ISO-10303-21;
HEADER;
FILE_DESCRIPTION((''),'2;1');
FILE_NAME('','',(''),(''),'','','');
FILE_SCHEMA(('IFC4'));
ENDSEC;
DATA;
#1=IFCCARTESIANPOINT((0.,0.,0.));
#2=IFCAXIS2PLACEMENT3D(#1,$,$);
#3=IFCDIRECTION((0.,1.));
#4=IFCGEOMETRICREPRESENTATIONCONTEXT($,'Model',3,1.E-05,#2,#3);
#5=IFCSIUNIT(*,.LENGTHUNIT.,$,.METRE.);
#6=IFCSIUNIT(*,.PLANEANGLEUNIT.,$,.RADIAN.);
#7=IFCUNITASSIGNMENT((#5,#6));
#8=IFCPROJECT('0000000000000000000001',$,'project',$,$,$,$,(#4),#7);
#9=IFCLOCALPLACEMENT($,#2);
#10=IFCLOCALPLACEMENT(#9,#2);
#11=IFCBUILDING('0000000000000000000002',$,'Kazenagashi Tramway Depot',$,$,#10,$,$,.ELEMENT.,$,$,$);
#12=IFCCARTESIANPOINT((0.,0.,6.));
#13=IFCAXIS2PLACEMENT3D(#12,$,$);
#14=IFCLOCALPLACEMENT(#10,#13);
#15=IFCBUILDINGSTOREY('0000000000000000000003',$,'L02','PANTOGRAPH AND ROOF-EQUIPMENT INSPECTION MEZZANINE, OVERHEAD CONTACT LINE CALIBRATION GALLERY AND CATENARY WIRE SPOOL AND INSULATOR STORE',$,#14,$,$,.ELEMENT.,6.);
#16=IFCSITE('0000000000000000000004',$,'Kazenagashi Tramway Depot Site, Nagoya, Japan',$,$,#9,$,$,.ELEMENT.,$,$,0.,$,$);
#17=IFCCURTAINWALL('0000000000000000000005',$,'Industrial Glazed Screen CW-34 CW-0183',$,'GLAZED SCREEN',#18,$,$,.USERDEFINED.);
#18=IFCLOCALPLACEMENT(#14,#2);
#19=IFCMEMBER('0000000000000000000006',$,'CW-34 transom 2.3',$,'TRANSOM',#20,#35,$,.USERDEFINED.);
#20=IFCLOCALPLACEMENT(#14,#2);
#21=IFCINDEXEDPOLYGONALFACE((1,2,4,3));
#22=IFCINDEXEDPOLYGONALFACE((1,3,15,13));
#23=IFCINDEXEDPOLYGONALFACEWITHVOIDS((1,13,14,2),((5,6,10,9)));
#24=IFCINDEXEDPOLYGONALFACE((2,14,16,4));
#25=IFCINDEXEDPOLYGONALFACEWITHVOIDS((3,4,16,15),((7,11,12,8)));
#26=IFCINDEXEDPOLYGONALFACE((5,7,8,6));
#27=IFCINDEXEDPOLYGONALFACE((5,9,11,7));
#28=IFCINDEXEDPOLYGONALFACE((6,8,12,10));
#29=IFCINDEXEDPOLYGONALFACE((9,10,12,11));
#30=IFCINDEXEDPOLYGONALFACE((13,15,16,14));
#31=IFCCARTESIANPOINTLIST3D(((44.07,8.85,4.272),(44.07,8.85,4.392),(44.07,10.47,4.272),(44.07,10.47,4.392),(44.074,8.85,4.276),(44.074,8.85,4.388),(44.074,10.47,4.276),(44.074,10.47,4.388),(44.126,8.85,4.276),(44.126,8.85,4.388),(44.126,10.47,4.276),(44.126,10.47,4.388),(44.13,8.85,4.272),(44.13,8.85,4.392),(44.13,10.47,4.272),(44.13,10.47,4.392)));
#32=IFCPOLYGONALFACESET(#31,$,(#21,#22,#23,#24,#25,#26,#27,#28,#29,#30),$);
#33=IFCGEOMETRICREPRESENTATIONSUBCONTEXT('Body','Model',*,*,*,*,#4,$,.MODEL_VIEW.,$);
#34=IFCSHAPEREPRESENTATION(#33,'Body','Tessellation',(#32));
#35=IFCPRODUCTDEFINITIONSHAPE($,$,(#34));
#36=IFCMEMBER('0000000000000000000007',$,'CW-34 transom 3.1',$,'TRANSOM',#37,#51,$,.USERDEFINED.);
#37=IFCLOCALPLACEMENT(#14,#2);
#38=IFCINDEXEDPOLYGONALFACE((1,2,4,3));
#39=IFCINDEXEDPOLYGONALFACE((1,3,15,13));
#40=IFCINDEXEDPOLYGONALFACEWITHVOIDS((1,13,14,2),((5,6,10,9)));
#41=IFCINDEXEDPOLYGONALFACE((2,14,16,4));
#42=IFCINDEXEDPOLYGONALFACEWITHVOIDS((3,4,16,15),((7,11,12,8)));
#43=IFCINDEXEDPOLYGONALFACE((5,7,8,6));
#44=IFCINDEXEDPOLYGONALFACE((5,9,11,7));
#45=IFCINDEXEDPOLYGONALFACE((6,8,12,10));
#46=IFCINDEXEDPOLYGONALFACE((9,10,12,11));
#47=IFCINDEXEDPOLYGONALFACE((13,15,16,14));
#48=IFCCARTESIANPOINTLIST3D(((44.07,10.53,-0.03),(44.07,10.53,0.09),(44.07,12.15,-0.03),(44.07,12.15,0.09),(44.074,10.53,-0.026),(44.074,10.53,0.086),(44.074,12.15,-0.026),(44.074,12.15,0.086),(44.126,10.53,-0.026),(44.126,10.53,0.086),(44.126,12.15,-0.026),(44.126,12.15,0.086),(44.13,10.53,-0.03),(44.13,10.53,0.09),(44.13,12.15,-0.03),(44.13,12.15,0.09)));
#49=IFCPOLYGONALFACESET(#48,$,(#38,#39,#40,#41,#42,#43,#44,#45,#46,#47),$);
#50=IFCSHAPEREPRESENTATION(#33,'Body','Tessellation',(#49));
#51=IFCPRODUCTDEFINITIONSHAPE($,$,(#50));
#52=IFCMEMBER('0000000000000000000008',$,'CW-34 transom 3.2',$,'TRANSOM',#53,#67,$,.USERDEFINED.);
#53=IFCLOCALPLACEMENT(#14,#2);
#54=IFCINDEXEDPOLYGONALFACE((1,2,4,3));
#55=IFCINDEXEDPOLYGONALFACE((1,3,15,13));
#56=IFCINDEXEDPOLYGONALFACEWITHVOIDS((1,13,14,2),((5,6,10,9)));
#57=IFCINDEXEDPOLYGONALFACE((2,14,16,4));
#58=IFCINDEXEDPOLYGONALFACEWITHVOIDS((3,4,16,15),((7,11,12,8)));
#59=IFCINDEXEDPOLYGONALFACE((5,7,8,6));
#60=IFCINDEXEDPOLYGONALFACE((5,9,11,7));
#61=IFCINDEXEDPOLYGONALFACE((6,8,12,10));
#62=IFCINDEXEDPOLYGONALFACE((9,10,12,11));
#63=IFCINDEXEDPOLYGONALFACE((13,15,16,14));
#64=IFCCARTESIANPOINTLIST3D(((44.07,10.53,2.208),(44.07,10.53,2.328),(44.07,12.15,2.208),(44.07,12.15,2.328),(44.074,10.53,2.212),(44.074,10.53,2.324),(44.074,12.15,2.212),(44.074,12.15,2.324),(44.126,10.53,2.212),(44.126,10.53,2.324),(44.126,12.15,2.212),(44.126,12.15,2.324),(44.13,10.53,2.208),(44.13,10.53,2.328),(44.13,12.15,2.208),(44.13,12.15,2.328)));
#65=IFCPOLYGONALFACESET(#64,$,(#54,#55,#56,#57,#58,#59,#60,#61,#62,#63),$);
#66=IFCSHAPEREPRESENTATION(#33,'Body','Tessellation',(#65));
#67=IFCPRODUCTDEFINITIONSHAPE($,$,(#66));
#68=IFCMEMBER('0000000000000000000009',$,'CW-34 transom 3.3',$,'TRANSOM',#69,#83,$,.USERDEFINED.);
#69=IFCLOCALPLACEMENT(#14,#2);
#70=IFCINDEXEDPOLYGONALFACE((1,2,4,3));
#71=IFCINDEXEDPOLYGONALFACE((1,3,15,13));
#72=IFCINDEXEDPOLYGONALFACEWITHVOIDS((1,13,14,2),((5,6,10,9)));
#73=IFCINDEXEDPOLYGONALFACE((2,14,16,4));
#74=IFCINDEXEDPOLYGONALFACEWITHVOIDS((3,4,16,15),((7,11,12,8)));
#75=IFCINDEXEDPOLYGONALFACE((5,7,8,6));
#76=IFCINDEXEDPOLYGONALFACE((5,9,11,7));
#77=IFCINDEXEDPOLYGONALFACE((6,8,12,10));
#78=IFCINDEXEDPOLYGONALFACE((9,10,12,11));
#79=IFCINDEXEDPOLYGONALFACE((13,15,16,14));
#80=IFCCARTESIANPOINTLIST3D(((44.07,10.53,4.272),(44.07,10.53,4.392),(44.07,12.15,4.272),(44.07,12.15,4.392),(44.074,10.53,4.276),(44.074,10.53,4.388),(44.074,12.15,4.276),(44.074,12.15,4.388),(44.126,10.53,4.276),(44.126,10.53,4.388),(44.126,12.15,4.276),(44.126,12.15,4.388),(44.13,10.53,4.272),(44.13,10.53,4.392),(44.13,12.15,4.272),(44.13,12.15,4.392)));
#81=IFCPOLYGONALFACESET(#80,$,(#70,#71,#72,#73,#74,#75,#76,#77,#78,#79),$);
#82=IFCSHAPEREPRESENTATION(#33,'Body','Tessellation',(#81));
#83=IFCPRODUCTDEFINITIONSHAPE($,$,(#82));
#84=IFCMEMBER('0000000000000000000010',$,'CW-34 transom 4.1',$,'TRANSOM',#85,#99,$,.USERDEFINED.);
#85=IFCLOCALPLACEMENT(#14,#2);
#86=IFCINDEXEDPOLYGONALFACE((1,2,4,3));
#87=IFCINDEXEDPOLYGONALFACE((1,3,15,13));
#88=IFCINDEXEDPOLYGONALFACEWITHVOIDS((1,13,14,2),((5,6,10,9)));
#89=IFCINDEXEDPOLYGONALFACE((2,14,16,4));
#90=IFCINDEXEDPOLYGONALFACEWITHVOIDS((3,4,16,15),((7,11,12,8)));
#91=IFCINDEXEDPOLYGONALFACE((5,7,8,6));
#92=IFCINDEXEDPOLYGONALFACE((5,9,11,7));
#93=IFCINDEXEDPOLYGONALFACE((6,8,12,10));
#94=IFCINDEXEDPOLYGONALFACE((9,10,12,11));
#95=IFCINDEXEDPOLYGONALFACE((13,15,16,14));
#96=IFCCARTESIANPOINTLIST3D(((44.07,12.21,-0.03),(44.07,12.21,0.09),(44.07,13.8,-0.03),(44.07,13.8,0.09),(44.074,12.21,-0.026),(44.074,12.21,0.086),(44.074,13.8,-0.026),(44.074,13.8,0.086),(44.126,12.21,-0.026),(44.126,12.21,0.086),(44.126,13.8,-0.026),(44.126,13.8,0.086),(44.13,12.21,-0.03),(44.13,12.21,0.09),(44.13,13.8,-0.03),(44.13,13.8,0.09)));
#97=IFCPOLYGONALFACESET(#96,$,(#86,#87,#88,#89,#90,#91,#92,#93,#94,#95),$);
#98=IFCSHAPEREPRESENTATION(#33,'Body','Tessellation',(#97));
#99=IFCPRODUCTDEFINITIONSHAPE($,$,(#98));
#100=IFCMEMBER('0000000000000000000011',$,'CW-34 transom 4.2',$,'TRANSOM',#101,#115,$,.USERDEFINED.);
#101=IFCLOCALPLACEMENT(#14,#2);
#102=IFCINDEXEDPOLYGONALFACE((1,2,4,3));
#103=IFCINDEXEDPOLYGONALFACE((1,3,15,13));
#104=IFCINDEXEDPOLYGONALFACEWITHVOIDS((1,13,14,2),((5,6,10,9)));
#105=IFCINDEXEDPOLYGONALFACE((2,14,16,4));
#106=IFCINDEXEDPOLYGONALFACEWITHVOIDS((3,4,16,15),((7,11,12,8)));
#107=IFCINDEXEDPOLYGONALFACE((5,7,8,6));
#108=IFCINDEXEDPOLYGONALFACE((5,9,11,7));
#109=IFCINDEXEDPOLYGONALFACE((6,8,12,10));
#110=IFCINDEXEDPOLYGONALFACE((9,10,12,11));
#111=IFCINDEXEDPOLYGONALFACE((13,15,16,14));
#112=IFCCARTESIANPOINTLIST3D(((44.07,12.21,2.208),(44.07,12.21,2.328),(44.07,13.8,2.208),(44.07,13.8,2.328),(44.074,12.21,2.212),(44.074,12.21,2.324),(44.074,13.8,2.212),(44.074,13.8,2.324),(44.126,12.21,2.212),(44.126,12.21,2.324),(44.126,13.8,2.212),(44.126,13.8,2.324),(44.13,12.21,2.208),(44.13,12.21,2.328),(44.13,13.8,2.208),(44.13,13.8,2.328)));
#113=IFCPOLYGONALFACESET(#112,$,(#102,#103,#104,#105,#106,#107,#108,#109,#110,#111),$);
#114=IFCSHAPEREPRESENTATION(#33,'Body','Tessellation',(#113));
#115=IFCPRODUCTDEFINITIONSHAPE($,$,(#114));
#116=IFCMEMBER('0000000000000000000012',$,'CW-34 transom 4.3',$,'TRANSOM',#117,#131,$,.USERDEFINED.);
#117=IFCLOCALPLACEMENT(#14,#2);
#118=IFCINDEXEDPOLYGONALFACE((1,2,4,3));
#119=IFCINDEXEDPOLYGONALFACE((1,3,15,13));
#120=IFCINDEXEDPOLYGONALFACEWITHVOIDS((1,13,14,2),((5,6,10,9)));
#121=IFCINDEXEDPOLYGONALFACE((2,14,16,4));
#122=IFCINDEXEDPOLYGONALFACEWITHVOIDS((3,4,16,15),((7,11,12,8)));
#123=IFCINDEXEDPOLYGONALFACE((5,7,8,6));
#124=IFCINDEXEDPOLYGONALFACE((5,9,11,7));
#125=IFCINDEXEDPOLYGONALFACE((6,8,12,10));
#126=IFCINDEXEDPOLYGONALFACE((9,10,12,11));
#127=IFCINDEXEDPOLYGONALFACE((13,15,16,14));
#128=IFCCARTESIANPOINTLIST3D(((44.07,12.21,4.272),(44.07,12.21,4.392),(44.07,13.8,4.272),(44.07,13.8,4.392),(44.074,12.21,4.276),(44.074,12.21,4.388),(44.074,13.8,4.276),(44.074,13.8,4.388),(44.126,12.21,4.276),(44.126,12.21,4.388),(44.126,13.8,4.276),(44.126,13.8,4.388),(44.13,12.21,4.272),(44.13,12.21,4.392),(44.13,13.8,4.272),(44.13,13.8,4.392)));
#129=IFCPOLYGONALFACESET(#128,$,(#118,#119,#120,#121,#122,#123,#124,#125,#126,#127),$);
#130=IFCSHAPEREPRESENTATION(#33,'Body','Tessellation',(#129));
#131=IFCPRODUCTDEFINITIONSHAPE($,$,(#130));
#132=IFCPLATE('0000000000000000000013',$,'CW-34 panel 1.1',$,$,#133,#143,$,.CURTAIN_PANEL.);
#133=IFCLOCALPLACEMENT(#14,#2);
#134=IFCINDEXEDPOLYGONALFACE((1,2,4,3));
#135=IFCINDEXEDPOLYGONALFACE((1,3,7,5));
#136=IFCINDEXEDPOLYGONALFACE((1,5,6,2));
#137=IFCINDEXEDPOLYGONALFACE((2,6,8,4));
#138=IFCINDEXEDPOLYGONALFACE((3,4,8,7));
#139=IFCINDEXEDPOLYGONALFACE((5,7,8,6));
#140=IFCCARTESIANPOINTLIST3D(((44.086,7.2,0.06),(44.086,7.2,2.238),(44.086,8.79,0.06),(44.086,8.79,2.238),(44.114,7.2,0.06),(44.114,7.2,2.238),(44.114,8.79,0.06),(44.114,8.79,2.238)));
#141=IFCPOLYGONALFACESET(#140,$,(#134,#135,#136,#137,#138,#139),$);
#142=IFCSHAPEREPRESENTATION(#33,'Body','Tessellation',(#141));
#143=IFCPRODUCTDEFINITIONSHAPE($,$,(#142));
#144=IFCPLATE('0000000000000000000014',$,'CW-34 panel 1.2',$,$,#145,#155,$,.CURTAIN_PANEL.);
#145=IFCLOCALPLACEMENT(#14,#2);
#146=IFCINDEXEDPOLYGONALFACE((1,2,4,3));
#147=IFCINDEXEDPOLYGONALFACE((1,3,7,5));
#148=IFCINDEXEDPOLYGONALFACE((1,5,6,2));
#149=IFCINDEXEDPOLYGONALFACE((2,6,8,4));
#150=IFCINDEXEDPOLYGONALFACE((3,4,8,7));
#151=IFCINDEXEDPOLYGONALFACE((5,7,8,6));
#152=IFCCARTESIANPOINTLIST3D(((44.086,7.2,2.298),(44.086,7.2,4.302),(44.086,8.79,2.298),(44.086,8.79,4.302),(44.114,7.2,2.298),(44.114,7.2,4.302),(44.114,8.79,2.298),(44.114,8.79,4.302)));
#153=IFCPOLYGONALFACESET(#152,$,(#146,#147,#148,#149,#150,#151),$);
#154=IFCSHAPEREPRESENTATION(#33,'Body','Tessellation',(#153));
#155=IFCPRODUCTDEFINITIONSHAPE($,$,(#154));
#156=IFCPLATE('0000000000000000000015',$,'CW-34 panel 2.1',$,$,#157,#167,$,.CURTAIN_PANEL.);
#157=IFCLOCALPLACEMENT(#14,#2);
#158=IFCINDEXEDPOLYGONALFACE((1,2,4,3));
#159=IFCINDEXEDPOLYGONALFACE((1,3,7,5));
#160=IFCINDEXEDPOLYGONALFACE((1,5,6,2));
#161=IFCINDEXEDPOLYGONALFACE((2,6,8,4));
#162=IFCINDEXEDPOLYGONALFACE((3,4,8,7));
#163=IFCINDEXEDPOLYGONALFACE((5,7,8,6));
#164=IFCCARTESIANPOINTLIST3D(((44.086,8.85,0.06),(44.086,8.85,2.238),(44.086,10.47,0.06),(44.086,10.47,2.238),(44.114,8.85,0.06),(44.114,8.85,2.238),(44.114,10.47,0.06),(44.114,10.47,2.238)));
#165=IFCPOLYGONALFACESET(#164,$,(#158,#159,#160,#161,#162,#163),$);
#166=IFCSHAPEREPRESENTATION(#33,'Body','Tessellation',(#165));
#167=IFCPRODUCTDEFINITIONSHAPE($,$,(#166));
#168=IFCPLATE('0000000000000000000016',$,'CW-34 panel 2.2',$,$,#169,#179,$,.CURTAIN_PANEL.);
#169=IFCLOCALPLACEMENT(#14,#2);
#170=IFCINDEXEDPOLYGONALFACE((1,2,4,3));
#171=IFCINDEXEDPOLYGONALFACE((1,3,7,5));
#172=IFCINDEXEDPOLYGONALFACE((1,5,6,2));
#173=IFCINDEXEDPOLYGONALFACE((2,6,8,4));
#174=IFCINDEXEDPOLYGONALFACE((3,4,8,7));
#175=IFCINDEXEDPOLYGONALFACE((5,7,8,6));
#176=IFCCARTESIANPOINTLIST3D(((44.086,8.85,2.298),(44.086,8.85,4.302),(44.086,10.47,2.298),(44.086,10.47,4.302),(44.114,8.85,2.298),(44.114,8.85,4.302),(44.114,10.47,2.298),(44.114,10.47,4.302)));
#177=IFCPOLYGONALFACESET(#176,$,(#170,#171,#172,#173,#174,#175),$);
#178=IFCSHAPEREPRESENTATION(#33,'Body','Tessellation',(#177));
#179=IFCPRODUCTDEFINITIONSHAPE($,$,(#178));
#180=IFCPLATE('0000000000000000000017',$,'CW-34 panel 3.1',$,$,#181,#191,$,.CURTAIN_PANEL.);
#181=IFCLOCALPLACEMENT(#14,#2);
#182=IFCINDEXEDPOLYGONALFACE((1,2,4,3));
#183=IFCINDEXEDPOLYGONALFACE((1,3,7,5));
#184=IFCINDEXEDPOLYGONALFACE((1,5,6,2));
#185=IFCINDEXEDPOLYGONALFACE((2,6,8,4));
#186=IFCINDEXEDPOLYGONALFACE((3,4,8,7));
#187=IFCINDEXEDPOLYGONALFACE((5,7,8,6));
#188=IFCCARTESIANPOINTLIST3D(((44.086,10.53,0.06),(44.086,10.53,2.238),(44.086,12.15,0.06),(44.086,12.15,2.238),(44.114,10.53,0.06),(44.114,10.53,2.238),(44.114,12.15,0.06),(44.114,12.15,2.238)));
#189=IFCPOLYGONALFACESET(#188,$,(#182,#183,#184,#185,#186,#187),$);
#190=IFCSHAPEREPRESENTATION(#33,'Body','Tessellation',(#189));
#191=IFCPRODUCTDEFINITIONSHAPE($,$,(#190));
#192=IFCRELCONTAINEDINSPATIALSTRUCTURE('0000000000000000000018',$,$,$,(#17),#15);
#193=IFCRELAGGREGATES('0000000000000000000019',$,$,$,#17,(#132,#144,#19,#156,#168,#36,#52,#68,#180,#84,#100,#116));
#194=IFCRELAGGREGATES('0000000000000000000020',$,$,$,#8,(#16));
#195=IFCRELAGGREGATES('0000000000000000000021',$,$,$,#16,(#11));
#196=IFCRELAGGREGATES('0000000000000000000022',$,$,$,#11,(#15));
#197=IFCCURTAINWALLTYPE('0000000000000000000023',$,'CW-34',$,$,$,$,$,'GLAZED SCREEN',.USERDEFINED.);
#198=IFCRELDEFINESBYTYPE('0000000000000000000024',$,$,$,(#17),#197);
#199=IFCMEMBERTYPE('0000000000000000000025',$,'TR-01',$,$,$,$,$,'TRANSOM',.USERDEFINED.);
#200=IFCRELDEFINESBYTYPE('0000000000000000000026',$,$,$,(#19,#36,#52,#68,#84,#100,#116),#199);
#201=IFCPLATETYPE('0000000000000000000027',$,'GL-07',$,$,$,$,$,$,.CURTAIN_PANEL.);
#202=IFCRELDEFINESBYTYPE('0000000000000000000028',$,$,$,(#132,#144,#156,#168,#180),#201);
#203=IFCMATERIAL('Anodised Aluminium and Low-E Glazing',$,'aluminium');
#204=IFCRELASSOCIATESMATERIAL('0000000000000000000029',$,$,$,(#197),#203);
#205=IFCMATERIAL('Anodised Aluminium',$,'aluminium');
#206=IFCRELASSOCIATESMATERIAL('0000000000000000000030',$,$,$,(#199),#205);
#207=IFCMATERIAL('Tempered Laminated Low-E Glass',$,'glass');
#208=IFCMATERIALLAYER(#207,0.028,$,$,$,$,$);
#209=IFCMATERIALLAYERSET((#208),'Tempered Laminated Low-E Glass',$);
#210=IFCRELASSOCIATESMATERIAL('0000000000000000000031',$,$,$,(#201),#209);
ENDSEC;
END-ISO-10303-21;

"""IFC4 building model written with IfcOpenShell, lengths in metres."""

from ifc_helpers import new_model, si_unit, direction, frame, origin, origin_2d, place, context, subcontext, project, spatial, rectangle, hollow_rectangle, extrude, material, layer, layer_set, material_profile, profile_set, type_object, element, aggregate, save


model = new_model("IFC4")

# Units and contexts
model_context = context("Model", 3, precision=1e-05, world=origin(), true_north=direction((0.0, 1.0)))
body_context = subcontext(model_context, "Body", "Model", "MODEL_VIEW")
ifc_project = project(units=[si_unit("LENGTHUNIT", "METRE"), si_unit("PLANEANGLEUNIT", "RADIAN")], contexts=[model_context])

# Site, building, storey
site_placement = place(None, origin())
site = spatial("IfcSite", under=ifc_project, at=site_placement, Name="Kazenagashi Tramway Depot Site, Nagoya, Japan", CompositionType="ELEMENT", RefElevation=0.0)
building_placement = place(site_placement, origin())
building = spatial("IfcBuilding", under=site, at=building_placement, Name="Kazenagashi Tramway Depot", CompositionType="ELEMENT")
storey_placement = place(building_placement, frame((0.0, 0.0, 6.0)))
storey = spatial("IfcBuildingStorey", under=building, at=storey_placement, Name="L02", Description="PANTOGRAPH AND ROOF-EQUIPMENT INSPECTION MEZZANINE, OVERHEAD CONTACT LINE CALIBRATION GALLERY AND CATENARY WIRE SPOOL AND INSULATOR STORE", CompositionType="ELEMENT", Elevation=6.0)

# Curtain wall, members, plates
ifc_material_1 = material(Name="Anodised Aluminium and Low-E Glazing", Category="aluminium")
curtain_wall_type = type_object("IfcCurtainWallType", Name="CW-34", ElementType="GLAZED SCREEN", PredefinedType="USERDEFINED", material=ifc_material_1)
curtain_wall_placement = place(storey_placement, origin())
curtain_wall = element("IfcCurtainWall", 1, at=curtain_wall_placement, inside=storey, type_object=curtain_wall_type, Name="Industrial Glazed Screen CW-34 CW-0183", ObjectType="GLAZED SCREEN", PredefinedType="USERDEFINED")
ifc_material_2 = material(Name="Anodised Aluminium", Category="aluminium")
ifc_material_profile_1 = material_profile(ifc_material_2, hollow_rectangle(XDim=0.06, YDim=0.12, WallThickness=0.004, at=origin_2d()), Name="RHS-120x60x4")
ifc_profile_set_1 = profile_set([ifc_material_profile_1], Name="Anodised Aluminium")
member_type_1 = type_object("IfcMemberType", Name="TR-01", ElementType="TRANSOM", PredefinedType="USERDEFINED", material=ifc_profile_set_1)
member_1_placement = place(storey_placement, frame((44.1, 8.85, 4.332), z_axis=(0.0, 1.0, 0.0), x_axis=(-1.0, 0.0, 0.0)))
member_1 = element("IfcMember", 2, at=member_1_placement, type_object=member_type_1, Name="CW-34 transom 2.3", ObjectType="TRANSOM", PredefinedType="USERDEFINED", context=body_context, shape_type="SweptSolid", body=[
    extrude(hollow_rectangle(XDim=0.06, YDim=0.12, WallThickness=0.004, at=origin_2d()), origin(), (0.0, 0.0, 1.0), 1.62),
])
member_2_placement = place(storey_placement, frame((44.1, 10.53, 0.03), z_axis=(0.0, 1.0, 0.0), x_axis=(-1.0, 0.0, 0.0)))
member_2 = element("IfcMember", 3, at=member_2_placement, type_object=member_type_1, Name="CW-34 transom 3.1", ObjectType="TRANSOM", PredefinedType="USERDEFINED", context=body_context, shape_type="SweptSolid", body=[
    extrude(hollow_rectangle(XDim=0.06, YDim=0.12, WallThickness=0.004, at=origin_2d()), origin(), (0.0, 0.0, 1.0), 1.62),
])
member_3_placement = place(storey_placement, frame((44.1, 10.53, 2.268), z_axis=(0.0, 1.0, 0.0), x_axis=(-1.0, 0.0, 0.0)))
member_3 = element("IfcMember", 4, at=member_3_placement, type_object=member_type_1, Name="CW-34 transom 3.2", ObjectType="TRANSOM", PredefinedType="USERDEFINED", context=body_context, shape_type="SweptSolid", body=[
    extrude(hollow_rectangle(XDim=0.06, YDim=0.12, WallThickness=0.004, at=origin_2d()), origin(), (0.0, 0.0, 1.0), 1.62),
])
member_4_placement = place(storey_placement, frame((44.1, 10.53, 4.332), z_axis=(0.0, 1.0, 0.0), x_axis=(-1.0, 0.0, 0.0)))
member_4 = element("IfcMember", 5, at=member_4_placement, type_object=member_type_1, Name="CW-34 transom 3.3", ObjectType="TRANSOM", PredefinedType="USERDEFINED", context=body_context, shape_type="SweptSolid", body=[
    extrude(hollow_rectangle(XDim=0.06, YDim=0.12, WallThickness=0.004, at=origin_2d()), origin(), (0.0, 0.0, 1.0), 1.62),
])
member_5_placement = place(storey_placement, frame((44.1, 12.21, 0.03), z_axis=(0.0, 1.0, 0.0), x_axis=(-1.0, 0.0, 0.0)))
member_5 = element("IfcMember", 6, at=member_5_placement, type_object=member_type_1, Name="CW-34 transom 4.1", ObjectType="TRANSOM", PredefinedType="USERDEFINED", context=body_context, shape_type="SweptSolid", body=[
    extrude(hollow_rectangle(XDim=0.06, YDim=0.12, WallThickness=0.004, at=origin_2d()), origin(), (0.0, 0.0, 1.0), 1.59),
])
member_6_placement = place(storey_placement, frame((44.1, 12.21, 2.268), z_axis=(0.0, 1.0, 0.0), x_axis=(-1.0, 0.0, 0.0)))
member_6 = element("IfcMember", 7, at=member_6_placement, type_object=member_type_1, Name="CW-34 transom 4.2", ObjectType="TRANSOM", PredefinedType="USERDEFINED", context=body_context, shape_type="SweptSolid", body=[
    extrude(hollow_rectangle(XDim=0.06, YDim=0.12, WallThickness=0.004, at=origin_2d()), origin(), (0.0, 0.0, 1.0), 1.59),
])
member_7_placement = place(storey_placement, frame((44.1, 12.21, 4.332), z_axis=(0.0, 1.0, 0.0), x_axis=(-1.0, 0.0, 0.0)))
member_7 = element("IfcMember", 8, at=member_7_placement, type_object=member_type_1, Name="CW-34 transom 4.3", ObjectType="TRANSOM", PredefinedType="USERDEFINED", context=body_context, shape_type="SweptSolid", body=[
    extrude(hollow_rectangle(XDim=0.06, YDim=0.12, WallThickness=0.004, at=origin_2d()), origin(), (0.0, 0.0, 1.0), 1.59),
])
ifc_material_3 = material(Name="Tempered Laminated Low-E Glass", Category="glass")
ifc_layer_1 = layer(ifc_material_3, 0.028)
ifc_layer_set_1 = layer_set([ifc_layer_1], Name="Tempered Laminated Low-E Glass")
plate_type = type_object("IfcPlateType", Name="GL-07", PredefinedType="CURTAIN_PANEL", material=ifc_layer_set_1)
plate_1_placement = place(storey_placement, frame((44.1, 7.995, 0.06), z_axis=(0.0, 0.0, 1.0), x_axis=(0.0, 1.0, 0.0)))
plate_1 = element("IfcPlate", 9, at=plate_1_placement, type_object=plate_type, Name="CW-34 panel 1.1", PredefinedType="CURTAIN_PANEL", context=body_context, shape_type="SweptSolid", body=[
    extrude(rectangle(XDim=1.59, YDim=0.028, at=origin_2d()), origin(), (0.0, 0.0, 1.0), 2.178),
])
plate_2_placement = place(storey_placement, frame((44.1, 7.995, 2.298), z_axis=(0.0, 0.0, 1.0), x_axis=(0.0, 1.0, 0.0)))
plate_2 = element("IfcPlate", 10, at=plate_2_placement, type_object=plate_type, Name="CW-34 panel 1.2", PredefinedType="CURTAIN_PANEL", context=body_context, shape_type="SweptSolid", body=[
    extrude(rectangle(XDim=1.59, YDim=0.028, at=origin_2d()), origin(), (0.0, 0.0, 1.0), 2.004),
])
plate_3_placement = place(storey_placement, frame((44.1, 9.66, 0.06), z_axis=(0.0, 0.0, 1.0), x_axis=(0.0, 1.0, 0.0)))
plate_3 = element("IfcPlate", 11, at=plate_3_placement, type_object=plate_type, Name="CW-34 panel 2.1", PredefinedType="CURTAIN_PANEL", context=body_context, shape_type="SweptSolid", body=[
    extrude(rectangle(XDim=1.62, YDim=0.028, at=origin_2d()), origin(), (0.0, 0.0, 1.0), 2.178),
])
plate_4_placement = place(storey_placement, frame((44.1, 9.66, 2.298), z_axis=(0.0, 0.0, 1.0), x_axis=(0.0, 1.0, 0.0)))
plate_4 = element("IfcPlate", 12, at=plate_4_placement, type_object=plate_type, Name="CW-34 panel 2.2", PredefinedType="CURTAIN_PANEL", context=body_context, shape_type="SweptSolid", body=[
    extrude(rectangle(XDim=1.62, YDim=0.028, at=origin_2d()), origin(), (0.0, 0.0, 1.0), 2.004),
])
plate_5_placement = place(storey_placement, frame((44.1, 11.34, 0.06), z_axis=(0.0, 0.0, 1.0), x_axis=(0.0, 1.0, 0.0)))
plate_5 = element("IfcPlate", 13, at=plate_5_placement, type_object=plate_type, Name="CW-34 panel 3.1", PredefinedType="CURTAIN_PANEL", context=body_context, shape_type="SweptSolid", body=[
    extrude(rectangle(XDim=1.62, YDim=0.028, at=origin_2d()), origin(), (0.0, 0.0, 1.0), 2.178),
])
aggregate(curtain_wall, [plate_1, plate_2, member_1, plate_3, plate_4, member_2, member_3, member_4, plate_5, member_5, member_6, member_7])

save(model, "model.ifc")
